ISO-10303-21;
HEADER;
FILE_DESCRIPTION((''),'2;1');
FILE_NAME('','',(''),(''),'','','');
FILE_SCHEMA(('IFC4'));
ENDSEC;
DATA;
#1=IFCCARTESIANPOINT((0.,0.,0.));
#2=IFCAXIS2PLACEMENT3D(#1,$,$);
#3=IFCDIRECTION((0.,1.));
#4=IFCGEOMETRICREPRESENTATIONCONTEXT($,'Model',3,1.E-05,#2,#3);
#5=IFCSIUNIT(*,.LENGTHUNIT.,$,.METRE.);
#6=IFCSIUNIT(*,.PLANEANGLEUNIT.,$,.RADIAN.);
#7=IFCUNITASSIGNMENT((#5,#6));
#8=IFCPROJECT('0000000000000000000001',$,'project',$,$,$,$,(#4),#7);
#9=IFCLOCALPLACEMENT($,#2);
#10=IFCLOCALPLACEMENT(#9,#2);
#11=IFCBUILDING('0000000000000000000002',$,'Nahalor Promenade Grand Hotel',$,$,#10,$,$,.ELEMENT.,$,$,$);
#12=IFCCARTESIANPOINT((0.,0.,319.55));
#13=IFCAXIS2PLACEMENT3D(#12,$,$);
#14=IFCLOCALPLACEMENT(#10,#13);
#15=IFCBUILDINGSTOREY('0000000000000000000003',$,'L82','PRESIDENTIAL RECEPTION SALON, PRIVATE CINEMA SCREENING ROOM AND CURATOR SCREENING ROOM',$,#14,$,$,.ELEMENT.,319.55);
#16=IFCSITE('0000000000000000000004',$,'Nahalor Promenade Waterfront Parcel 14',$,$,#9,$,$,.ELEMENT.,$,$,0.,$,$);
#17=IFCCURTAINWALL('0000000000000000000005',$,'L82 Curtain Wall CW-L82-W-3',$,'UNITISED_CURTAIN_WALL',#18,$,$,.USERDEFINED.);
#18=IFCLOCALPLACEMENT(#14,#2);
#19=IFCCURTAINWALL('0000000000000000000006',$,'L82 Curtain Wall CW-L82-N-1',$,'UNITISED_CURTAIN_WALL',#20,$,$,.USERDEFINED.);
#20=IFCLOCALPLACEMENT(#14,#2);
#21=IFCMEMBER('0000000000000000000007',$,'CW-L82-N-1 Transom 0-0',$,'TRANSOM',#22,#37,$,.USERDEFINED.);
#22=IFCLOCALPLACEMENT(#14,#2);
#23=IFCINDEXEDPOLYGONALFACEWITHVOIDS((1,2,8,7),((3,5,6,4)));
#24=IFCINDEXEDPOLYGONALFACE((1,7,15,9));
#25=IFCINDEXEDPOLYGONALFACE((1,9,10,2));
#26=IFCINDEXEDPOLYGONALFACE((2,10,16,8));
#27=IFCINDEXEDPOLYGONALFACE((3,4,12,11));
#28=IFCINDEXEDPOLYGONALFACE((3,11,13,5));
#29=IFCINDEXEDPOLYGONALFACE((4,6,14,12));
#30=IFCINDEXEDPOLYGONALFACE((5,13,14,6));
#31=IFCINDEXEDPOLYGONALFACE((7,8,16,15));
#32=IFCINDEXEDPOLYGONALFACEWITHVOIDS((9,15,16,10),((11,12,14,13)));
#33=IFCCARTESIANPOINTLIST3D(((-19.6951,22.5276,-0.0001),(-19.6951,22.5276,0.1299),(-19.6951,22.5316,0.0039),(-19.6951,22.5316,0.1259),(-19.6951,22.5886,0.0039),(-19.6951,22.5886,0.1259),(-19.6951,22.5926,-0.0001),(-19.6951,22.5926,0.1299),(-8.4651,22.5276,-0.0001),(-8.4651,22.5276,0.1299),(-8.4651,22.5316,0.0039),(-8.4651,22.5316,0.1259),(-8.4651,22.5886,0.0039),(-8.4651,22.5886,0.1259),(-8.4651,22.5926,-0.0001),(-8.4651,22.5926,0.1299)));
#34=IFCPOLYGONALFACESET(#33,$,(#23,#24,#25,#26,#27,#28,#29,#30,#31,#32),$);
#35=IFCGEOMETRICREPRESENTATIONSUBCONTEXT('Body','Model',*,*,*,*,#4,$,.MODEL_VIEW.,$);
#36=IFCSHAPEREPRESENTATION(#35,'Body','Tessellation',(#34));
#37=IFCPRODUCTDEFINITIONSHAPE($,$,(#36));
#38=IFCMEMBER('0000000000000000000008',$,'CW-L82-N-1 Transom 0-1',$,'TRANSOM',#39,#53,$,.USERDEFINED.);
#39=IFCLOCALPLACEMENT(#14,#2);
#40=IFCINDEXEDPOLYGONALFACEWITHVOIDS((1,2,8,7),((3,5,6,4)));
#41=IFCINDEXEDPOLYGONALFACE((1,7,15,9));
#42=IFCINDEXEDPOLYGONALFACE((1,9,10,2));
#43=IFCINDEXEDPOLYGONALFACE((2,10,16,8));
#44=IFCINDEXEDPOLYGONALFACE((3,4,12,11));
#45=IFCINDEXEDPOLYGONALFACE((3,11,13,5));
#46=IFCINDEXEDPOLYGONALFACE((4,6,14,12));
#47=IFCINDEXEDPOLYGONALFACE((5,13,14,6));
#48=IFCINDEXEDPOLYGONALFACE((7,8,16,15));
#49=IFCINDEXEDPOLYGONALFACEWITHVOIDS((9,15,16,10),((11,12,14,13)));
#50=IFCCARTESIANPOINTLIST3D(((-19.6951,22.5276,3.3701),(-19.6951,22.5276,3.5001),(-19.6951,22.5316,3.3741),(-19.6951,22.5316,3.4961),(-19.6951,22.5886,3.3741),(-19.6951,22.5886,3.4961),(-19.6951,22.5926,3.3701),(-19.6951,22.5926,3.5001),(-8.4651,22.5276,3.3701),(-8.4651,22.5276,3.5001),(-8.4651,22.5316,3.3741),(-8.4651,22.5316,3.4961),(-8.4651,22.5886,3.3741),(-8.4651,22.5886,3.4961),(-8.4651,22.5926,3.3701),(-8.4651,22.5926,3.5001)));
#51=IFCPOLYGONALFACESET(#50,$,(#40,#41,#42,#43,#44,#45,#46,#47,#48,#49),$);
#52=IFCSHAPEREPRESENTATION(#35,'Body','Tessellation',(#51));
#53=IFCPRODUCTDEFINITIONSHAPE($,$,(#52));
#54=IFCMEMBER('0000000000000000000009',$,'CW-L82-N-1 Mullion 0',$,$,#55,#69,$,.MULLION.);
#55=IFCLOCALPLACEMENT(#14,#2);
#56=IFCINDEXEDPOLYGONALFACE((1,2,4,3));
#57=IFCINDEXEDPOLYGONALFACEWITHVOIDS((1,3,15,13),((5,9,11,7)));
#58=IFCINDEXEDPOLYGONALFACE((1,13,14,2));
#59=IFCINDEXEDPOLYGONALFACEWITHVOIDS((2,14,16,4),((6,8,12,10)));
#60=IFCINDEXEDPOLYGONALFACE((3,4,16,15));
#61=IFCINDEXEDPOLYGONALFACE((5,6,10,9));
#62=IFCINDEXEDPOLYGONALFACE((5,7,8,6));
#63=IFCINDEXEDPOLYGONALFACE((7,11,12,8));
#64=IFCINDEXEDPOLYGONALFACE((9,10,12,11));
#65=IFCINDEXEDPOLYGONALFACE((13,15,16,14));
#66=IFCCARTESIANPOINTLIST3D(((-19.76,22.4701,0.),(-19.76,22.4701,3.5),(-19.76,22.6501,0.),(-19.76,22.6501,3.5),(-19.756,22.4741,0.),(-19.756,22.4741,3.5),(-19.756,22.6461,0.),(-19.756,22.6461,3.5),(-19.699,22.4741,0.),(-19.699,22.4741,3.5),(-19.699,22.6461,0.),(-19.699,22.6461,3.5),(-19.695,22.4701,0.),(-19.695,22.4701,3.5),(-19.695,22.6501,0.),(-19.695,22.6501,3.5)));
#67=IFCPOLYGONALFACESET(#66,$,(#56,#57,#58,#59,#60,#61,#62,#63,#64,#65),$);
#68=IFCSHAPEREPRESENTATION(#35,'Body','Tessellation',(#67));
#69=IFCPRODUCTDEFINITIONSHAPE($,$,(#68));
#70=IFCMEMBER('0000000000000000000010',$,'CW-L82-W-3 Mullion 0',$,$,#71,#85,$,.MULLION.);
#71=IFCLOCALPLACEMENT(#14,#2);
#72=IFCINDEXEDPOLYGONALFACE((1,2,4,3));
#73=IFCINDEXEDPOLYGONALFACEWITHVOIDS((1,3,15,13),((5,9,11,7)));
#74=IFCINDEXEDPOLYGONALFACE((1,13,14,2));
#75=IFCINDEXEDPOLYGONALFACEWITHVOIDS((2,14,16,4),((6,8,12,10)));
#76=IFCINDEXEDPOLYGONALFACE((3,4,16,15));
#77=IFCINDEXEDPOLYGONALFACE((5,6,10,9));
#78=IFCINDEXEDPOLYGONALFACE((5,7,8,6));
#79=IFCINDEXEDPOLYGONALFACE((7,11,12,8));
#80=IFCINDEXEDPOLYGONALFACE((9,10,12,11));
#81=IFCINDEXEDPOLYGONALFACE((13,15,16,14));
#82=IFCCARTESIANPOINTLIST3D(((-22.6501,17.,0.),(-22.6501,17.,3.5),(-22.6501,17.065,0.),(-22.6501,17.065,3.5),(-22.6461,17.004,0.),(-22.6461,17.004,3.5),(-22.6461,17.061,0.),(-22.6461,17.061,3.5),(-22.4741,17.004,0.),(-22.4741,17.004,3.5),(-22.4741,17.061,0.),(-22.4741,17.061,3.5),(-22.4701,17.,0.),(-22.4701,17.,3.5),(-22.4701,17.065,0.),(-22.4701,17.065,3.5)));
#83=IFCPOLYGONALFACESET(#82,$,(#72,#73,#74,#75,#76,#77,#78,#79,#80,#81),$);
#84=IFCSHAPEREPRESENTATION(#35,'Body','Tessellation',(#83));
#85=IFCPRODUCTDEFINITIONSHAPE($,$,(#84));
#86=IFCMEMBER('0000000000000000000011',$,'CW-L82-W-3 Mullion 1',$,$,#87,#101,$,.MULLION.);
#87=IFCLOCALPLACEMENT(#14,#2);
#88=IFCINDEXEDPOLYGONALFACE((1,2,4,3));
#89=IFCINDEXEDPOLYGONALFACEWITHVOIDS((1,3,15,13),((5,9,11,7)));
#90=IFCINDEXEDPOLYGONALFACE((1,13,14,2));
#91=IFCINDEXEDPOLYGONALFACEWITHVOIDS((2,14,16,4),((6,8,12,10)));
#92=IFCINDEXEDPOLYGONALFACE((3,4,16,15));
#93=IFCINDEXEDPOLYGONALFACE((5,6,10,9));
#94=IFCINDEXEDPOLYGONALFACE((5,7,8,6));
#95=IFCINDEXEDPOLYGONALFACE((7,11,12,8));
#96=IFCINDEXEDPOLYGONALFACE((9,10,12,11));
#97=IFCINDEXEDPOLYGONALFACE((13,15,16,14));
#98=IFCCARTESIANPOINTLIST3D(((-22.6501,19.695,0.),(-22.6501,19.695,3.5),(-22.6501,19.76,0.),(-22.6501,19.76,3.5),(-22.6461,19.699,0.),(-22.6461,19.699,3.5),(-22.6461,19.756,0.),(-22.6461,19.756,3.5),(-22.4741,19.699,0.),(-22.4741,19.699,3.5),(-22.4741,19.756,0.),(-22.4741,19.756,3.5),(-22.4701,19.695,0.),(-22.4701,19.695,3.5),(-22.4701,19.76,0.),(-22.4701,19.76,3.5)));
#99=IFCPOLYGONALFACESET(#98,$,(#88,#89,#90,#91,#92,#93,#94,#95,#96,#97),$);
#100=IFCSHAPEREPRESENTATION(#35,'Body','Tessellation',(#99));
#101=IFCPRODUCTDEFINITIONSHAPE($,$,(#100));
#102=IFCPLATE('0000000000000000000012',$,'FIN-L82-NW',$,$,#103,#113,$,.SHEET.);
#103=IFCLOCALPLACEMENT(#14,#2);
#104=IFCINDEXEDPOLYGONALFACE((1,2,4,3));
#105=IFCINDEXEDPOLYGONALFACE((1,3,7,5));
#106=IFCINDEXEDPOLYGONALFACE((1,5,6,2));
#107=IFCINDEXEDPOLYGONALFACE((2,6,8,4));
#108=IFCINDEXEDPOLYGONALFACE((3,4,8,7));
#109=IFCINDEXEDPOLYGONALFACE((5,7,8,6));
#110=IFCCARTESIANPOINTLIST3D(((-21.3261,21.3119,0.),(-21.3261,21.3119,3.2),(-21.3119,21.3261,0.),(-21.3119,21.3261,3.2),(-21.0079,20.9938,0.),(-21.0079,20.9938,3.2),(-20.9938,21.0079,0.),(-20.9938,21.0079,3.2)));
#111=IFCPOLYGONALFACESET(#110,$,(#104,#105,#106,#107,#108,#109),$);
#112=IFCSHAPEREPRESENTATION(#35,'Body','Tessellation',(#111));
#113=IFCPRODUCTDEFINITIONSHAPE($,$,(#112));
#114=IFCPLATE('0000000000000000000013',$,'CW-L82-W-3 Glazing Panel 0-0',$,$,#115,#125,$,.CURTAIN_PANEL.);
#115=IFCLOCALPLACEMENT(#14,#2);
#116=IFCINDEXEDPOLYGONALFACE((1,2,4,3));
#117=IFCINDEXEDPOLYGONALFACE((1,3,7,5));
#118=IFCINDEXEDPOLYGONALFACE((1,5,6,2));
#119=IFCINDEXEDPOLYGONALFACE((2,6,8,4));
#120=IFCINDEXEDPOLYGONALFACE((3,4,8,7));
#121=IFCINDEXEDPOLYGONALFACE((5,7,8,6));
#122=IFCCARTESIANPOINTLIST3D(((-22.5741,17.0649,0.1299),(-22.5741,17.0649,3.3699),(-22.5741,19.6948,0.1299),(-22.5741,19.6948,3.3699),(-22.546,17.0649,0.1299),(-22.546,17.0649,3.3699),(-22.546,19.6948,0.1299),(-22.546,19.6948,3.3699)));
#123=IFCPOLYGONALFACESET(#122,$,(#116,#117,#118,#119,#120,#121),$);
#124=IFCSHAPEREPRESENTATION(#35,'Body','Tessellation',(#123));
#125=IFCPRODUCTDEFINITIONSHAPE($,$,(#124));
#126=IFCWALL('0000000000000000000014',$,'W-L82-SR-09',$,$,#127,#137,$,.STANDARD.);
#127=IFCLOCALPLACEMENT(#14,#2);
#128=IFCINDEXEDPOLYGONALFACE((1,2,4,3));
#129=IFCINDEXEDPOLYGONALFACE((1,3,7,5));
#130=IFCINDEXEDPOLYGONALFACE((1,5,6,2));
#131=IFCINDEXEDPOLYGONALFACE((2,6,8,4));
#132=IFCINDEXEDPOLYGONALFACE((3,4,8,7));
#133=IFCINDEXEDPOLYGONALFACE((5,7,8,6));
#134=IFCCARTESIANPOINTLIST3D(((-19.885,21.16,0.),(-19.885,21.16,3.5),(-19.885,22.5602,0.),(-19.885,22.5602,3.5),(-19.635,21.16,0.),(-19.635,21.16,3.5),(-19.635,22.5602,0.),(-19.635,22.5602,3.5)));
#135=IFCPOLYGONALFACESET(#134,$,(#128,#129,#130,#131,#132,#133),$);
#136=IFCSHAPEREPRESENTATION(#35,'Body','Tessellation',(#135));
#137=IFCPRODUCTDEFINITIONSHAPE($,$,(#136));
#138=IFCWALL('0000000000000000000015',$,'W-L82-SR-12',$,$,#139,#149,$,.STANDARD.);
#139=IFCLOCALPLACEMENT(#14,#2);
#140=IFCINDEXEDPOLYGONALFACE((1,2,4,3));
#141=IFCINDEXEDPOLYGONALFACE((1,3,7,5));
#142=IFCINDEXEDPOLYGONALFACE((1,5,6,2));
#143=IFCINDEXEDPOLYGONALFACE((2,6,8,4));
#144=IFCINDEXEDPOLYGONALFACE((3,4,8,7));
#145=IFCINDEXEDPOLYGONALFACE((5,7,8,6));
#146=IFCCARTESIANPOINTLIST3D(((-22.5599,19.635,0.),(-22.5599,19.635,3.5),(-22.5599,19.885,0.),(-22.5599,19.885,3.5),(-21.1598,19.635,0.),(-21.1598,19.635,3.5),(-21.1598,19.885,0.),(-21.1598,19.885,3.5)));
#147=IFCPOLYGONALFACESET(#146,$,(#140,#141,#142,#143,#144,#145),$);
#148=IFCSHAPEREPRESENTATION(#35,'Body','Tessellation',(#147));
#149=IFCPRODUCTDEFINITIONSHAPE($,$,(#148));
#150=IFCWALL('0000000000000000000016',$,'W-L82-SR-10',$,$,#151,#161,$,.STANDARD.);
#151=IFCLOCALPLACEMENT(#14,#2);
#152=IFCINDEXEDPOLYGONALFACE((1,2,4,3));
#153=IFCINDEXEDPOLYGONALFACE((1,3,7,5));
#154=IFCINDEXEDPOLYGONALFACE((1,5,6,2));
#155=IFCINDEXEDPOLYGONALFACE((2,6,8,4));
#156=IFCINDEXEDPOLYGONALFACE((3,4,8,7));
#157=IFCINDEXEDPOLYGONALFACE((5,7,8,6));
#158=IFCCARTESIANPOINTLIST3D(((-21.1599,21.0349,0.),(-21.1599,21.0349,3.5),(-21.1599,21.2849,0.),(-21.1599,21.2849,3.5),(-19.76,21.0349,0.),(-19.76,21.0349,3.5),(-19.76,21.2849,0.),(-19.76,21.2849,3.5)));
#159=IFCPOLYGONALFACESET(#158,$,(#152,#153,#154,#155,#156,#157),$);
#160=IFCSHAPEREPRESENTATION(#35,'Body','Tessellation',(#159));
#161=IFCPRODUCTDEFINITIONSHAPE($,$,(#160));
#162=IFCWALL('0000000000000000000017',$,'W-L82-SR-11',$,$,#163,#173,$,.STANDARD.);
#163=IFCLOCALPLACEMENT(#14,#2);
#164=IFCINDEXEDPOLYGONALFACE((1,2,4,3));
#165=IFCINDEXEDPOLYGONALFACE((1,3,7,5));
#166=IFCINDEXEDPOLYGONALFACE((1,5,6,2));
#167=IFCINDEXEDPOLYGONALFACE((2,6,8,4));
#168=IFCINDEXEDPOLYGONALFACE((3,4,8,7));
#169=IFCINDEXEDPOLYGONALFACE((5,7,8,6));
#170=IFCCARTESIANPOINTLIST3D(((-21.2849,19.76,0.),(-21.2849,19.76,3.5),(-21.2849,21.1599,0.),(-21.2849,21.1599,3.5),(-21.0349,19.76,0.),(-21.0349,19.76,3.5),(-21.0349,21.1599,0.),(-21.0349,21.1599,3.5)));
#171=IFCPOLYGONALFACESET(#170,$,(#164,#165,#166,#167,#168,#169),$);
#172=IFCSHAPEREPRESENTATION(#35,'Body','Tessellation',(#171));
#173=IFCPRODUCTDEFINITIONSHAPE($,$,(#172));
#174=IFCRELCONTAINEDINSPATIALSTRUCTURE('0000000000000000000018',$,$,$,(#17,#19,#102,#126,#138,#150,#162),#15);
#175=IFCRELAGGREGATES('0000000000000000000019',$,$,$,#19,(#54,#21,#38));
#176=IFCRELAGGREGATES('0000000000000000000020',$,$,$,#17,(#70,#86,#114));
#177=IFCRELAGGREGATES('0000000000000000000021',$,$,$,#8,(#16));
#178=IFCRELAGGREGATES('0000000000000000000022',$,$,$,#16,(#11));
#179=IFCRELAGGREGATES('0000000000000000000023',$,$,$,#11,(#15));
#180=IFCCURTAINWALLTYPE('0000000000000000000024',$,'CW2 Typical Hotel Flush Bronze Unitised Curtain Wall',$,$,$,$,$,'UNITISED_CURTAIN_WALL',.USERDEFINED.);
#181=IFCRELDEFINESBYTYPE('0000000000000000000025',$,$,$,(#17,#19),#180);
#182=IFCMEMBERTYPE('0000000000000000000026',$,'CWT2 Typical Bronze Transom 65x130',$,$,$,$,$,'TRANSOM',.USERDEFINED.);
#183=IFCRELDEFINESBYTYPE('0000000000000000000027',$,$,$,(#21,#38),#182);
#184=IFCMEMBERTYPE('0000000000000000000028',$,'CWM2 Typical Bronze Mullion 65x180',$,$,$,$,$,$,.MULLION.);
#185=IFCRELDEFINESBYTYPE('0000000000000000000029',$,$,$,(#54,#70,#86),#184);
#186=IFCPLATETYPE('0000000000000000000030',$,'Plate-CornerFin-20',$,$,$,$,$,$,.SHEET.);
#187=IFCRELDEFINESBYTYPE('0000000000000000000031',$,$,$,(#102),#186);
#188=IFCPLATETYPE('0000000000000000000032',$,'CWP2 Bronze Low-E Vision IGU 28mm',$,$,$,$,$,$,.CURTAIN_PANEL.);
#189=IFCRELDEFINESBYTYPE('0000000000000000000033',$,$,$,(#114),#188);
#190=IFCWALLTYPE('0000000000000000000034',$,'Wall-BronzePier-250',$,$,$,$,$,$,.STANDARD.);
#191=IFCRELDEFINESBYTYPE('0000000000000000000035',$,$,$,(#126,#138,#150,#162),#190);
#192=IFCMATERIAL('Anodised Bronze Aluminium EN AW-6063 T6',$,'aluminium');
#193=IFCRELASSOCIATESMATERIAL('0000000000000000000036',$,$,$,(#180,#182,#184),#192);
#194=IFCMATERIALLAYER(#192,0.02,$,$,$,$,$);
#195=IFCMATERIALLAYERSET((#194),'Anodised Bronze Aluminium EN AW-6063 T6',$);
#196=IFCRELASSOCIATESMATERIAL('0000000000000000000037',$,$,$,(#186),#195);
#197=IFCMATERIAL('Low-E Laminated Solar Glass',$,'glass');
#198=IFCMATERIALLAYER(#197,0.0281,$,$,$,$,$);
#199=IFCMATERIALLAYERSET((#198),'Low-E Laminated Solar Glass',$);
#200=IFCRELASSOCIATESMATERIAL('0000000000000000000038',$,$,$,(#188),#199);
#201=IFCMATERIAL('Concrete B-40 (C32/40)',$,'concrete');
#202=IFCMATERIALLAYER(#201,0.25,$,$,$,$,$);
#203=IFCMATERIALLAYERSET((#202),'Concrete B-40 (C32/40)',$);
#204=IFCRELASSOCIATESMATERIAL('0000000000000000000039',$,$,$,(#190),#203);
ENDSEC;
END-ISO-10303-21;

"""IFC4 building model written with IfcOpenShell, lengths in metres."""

from ifc_helpers import new_model, si_unit, direction, frame, frame_2d, origin, origin_2d, place, context, subcontext, project, spatial, rectangle, hollow_rectangle, extrude, source, transform, mapped, material, layer, layer_set, material_profile, profile_set, type_object, element, aggregate, save


model = new_model("IFC4")

# Units and contexts
model_context = context("Model", 3, precision=1e-05, world=origin(), true_north=direction((0.0, 1.0)))
body_context = subcontext(model_context, "Body", "Model", "MODEL_VIEW")
ifc_project = project(units=[si_unit("LENGTHUNIT", "METRE"), si_unit("PLANEANGLEUNIT", "RADIAN")], contexts=[model_context])

# Site, building, storey
site_placement = place(None, origin())
site = spatial("IfcSite", under=ifc_project, at=site_placement, Name="Nahalor Promenade Waterfront Parcel 14", CompositionType="ELEMENT", RefElevation=0.0)
building_placement = place(site_placement, origin())
building = spatial("IfcBuilding", under=site, at=building_placement, Name="Nahalor Promenade Grand Hotel", CompositionType="ELEMENT")
storey_placement = place(building_placement, frame((0.0, 0.0, 319.55)))
storey = spatial("IfcBuildingStorey", under=building, at=storey_placement, Name="L82", Description="PRESIDENTIAL RECEPTION SALON, PRIVATE CINEMA SCREENING ROOM AND CURATOR SCREENING ROOM", CompositionType="ELEMENT", Elevation=319.55)

# Curtain walls, members
ifc_material_1 = material(Name="Anodised Bronze Aluminium EN AW-6063 T6", Category="aluminium")
curtain_wall_type = type_object("IfcCurtainWallType", Name="CW2 Typical Hotel Flush Bronze Unitised Curtain Wall", ElementType="UNITISED_CURTAIN_WALL", PredefinedType="USERDEFINED", material=ifc_material_1)
curtain_wall_1_placement = place(storey_placement, origin())
curtain_wall_1 = element("IfcCurtainWall", 1, at=curtain_wall_1_placement, inside=storey, type_object=curtain_wall_type, Name="L82 Curtain Wall CW-L82-W-3", ObjectType="UNITISED_CURTAIN_WALL", PredefinedType="USERDEFINED")
ifc_material_profile_1 = material_profile(ifc_material_1, hollow_rectangle(XDim=0.065, YDim=0.13, WallThickness=0.004, at=origin_2d()), Name="CWT 65x130x4")
ifc_profile_set_1 = profile_set([ifc_material_profile_1], Name="Anodised Bronze Aluminium EN AW-6063 T6")
member_type_1 = type_object("IfcMemberType", Name="CWT2 Typical Bronze Transom 65x130", ElementType="TRANSOM", PredefinedType="USERDEFINED", material=ifc_profile_set_1)
curtain_wall_2_placement = place(storey_placement, origin())
curtain_wall_2 = element("IfcCurtainWall", 2, at=curtain_wall_2_placement, inside=storey, type_object=curtain_wall_type, Name="L82 Curtain Wall CW-L82-N-1", ObjectType="UNITISED_CURTAIN_WALL", PredefinedType="USERDEFINED")
shared_shape_1 = source(origin(), body_context, "Body", "SweptSolid", [
    extrude(hollow_rectangle(XDim=0.065, YDim=0.13, WallThickness=0.004, at=origin_2d()), origin(), (0.0, 0.0, 1.0), 11.23),
])
member_1_placement = place(storey_placement, frame((-19.6951, 22.5601, 0.0649), z_axis=(1.0, 0.0, 0.0), x_axis=(0.0, 1.0, 0.0)))
member_1 = element("IfcMember", 3, at=member_1_placement, type_object=member_type_1, Name="CW-L82-N-1 Transom 0-0", ObjectType="TRANSOM", PredefinedType="USERDEFINED", context=body_context, shape_type="MappedRepresentation", body=[
    mapped(shared_shape_1, transform((0.0, 0.0, 0.0), scale=1.0)),
])
member_2_placement = place(storey_placement, frame((-19.6951, 22.5601, 3.4351), z_axis=(1.0, 0.0, 0.0), x_axis=(0.0, 1.0, 0.0)))
member_2 = element("IfcMember", 4, at=member_2_placement, type_object=member_type_1, Name="CW-L82-N-1 Transom 0-1", ObjectType="TRANSOM", PredefinedType="USERDEFINED", context=body_context, shape_type="MappedRepresentation", body=[
    mapped(shared_shape_1, transform((0.0, 0.0, 0.0), scale=1.0)),
])
ifc_material_profile_2 = material_profile(ifc_material_1, hollow_rectangle(XDim=0.065, YDim=0.18, WallThickness=0.004, at=origin_2d()), Name="CWM 65x180x4")
ifc_profile_set_2 = profile_set([ifc_material_profile_2], Name="Anodised Bronze Aluminium EN AW-6063 T6")
member_type_2 = type_object("IfcMemberType", Name="CWM2 Typical Bronze Mullion 65x180", PredefinedType="MULLION", material=ifc_profile_set_2)
shared_shape_2 = source(origin(), body_context, "Body", "SweptSolid", [
    extrude(hollow_rectangle(XDim=0.065, YDim=0.18, WallThickness=0.004, at=origin_2d()), origin(), (0.0, 0.0, 1.0), 3.5),
])
member_3_placement = place(storey_placement, frame((-19.7275, 22.5601, 0.0), z_axis=(0.0, 0.0, 1.0), x_axis=(1.0, 0.0, 0.0)))
member_3 = element("IfcMember", 5, at=member_3_placement, type_object=member_type_2, Name="CW-L82-N-1 Mullion 0", PredefinedType="MULLION", context=body_context, shape_type="MappedRepresentation", body=[
    mapped(shared_shape_2, transform((0.0, 0.0, 0.0), scale=1.0)),
])
aggregate(curtain_wall_2, [member_3, member_1, member_2])

# Members
member_4_placement = place(storey_placement, frame((-22.5601, 17.0325, 0.0), z_axis=(0.0, 0.0, 1.0), x_axis=(0.0, 1.0, 0.0)))
member_4 = element("IfcMember", 6, at=member_4_placement, type_object=member_type_2, Name="CW-L82-W-3 Mullion 0", PredefinedType="MULLION", context=body_context, shape_type="MappedRepresentation", body=[
    mapped(shared_shape_2, transform((0.0, 0.0, 0.0), scale=1.0)),
])
member_5_placement = place(storey_placement, frame((-22.5601, 19.7275, 0.0), z_axis=(0.0, 0.0, 1.0), x_axis=(0.0, 1.0, 0.0)))
member_5 = element("IfcMember", 7, at=member_5_placement, type_object=member_type_2, Name="CW-L82-W-3 Mullion 1", PredefinedType="MULLION", context=body_context, shape_type="MappedRepresentation", body=[
    mapped(shared_shape_2, transform((0.0, 0.0, 0.0), scale=1.0)),
])

# Plates
ifc_layer_1 = layer(ifc_material_1, 0.02)
ifc_layer_set_1 = layer_set([ifc_layer_1], Name="Anodised Bronze Aluminium EN AW-6063 T6")
plate_type_1 = type_object("IfcPlateType", Name="Plate-CornerFin-20", PredefinedType="SHEET", material=ifc_layer_set_1)
shared_shape_3 = source(origin(), body_context, "Body", "SweptSolid", [
    extrude(rectangle(XDim=0.45, YDim=0.02, at=origin_2d()), origin(), (0.0, 0.0, 1.0), 3.2),
])
plate_1_placement = place(storey_placement, frame((-21.1599, 21.1599, 0.0), z_axis=(0.0, 0.0, 1.0), x_axis=(-0.707107, 0.707107, 0.0)))
element("IfcPlate", 8, at=plate_1_placement, inside=storey, type_object=plate_type_1, Name="FIN-L82-NW", PredefinedType="SHEET", context=body_context, shape_type="MappedRepresentation", body=[
    mapped(shared_shape_3, transform((0.0, 0.0, 0.0), scale=1.0)),
])
ifc_material_2 = material(Name="Low-E Laminated Solar Glass", Category="glass")
ifc_layer_2 = layer(ifc_material_2, 0.0281)
ifc_layer_set_2 = layer_set([ifc_layer_2], Name="Low-E Laminated Solar Glass")
plate_type_2 = type_object("IfcPlateType", Name="CWP2 Bronze Low-E Vision IGU 28mm", PredefinedType="CURTAIN_PANEL", material=ifc_layer_set_2)
shared_shape_4 = source(origin(), body_context, "Body", "SweptSolid", [
    extrude(rectangle(XDim=2.6299, YDim=0.0281, at=origin_2d()), origin(), (0.0, 0.0, 1.0), 3.24),
])
plate_2_placement = place(storey_placement, frame((-22.5601, 18.3799, 0.1299), z_axis=(0.0, 0.0, 1.0), x_axis=(0.0, 1.0, 0.0)))
plate_2 = element("IfcPlate", 9, at=plate_2_placement, type_object=plate_type_2, Name="CW-L82-W-3 Glazing Panel 0-0", PredefinedType="CURTAIN_PANEL", context=body_context, shape_type="MappedRepresentation", body=[
    mapped(shared_shape_4, transform((0.0, 0.0, 0.0), scale=1.0)),
])
aggregate(curtain_wall_1, [member_4, member_5, plate_2])

# Walls
ifc_material_3 = material(Name="Concrete B-40 (C32/40)", Category="concrete")
ifc_layer_3 = layer(ifc_material_3, 0.25)
ifc_layer_set_3 = layer_set([ifc_layer_3], Name="Concrete B-40 (C32/40)")
wall_type_1 = type_object("IfcWallType", Name="Wall-BronzePier-250", PredefinedType="STANDARD", material=ifc_layer_set_3)
shared_shape_5 = source(origin(), body_context, "Body", "SweptSolid", [
    extrude(rectangle(XDim=1.4001, YDim=0.25, at=frame_2d((0.7002, 0.0))), origin(), (0.0, 0.0, 1.0), 3.5),
])
for number, where, z_axis, x_axis, name in (
    (10, (-19.76, 21.1599, 0.0), (0.0, 0.0, 1.0), (0.0, 1.0, 0.0), "W-L82-SR-09"),
    (11, (-22.5601, 19.76, 0.0), (0.0, 0.0, 1.0), (1.0, 0.0, 0.0), "W-L82-SR-12"),
):
    element("IfcWall", number, at=place(storey_placement, frame(where, z_axis=z_axis, x_axis=x_axis)), inside=storey, type_object=wall_type_1, Name=name, PredefinedType="STANDARD", context=body_context, shape_type="MappedRepresentation", body=[
        mapped(shared_shape_5, transform((0.0, 0.0, 0.0), scale=1.0)),
    ])
shared_shape_6 = source(origin(), body_context, "Body", "SweptSolid", [
    extrude(rectangle(XDim=1.3999, YDim=0.25, at=frame_2d((0.7, 0.0))), origin(), (0.0, 0.0, 1.0), 3.5),
])
for number, where, z_axis, x_axis, name in (
    (12, (-21.1599, 21.1599, 0.0), (0.0, 0.0, 1.0), (1.0, 0.0, 0.0), "W-L82-SR-10"),
    (13, (-21.1599, 19.76, 0.0), (0.0, 0.0, 1.0), (0.0, 1.0, 0.0), "W-L82-SR-11"),
):
    element("IfcWall", number, at=place(storey_placement, frame(where, z_axis=z_axis, x_axis=x_axis)), inside=storey, type_object=wall_type_1, Name=name, PredefinedType="STANDARD", context=body_context, shape_type="MappedRepresentation", body=[
        mapped(shared_shape_6, transform((0.0, 0.0, 0.0), scale=1.0)),
    ])

save(model, "model.ifc")
